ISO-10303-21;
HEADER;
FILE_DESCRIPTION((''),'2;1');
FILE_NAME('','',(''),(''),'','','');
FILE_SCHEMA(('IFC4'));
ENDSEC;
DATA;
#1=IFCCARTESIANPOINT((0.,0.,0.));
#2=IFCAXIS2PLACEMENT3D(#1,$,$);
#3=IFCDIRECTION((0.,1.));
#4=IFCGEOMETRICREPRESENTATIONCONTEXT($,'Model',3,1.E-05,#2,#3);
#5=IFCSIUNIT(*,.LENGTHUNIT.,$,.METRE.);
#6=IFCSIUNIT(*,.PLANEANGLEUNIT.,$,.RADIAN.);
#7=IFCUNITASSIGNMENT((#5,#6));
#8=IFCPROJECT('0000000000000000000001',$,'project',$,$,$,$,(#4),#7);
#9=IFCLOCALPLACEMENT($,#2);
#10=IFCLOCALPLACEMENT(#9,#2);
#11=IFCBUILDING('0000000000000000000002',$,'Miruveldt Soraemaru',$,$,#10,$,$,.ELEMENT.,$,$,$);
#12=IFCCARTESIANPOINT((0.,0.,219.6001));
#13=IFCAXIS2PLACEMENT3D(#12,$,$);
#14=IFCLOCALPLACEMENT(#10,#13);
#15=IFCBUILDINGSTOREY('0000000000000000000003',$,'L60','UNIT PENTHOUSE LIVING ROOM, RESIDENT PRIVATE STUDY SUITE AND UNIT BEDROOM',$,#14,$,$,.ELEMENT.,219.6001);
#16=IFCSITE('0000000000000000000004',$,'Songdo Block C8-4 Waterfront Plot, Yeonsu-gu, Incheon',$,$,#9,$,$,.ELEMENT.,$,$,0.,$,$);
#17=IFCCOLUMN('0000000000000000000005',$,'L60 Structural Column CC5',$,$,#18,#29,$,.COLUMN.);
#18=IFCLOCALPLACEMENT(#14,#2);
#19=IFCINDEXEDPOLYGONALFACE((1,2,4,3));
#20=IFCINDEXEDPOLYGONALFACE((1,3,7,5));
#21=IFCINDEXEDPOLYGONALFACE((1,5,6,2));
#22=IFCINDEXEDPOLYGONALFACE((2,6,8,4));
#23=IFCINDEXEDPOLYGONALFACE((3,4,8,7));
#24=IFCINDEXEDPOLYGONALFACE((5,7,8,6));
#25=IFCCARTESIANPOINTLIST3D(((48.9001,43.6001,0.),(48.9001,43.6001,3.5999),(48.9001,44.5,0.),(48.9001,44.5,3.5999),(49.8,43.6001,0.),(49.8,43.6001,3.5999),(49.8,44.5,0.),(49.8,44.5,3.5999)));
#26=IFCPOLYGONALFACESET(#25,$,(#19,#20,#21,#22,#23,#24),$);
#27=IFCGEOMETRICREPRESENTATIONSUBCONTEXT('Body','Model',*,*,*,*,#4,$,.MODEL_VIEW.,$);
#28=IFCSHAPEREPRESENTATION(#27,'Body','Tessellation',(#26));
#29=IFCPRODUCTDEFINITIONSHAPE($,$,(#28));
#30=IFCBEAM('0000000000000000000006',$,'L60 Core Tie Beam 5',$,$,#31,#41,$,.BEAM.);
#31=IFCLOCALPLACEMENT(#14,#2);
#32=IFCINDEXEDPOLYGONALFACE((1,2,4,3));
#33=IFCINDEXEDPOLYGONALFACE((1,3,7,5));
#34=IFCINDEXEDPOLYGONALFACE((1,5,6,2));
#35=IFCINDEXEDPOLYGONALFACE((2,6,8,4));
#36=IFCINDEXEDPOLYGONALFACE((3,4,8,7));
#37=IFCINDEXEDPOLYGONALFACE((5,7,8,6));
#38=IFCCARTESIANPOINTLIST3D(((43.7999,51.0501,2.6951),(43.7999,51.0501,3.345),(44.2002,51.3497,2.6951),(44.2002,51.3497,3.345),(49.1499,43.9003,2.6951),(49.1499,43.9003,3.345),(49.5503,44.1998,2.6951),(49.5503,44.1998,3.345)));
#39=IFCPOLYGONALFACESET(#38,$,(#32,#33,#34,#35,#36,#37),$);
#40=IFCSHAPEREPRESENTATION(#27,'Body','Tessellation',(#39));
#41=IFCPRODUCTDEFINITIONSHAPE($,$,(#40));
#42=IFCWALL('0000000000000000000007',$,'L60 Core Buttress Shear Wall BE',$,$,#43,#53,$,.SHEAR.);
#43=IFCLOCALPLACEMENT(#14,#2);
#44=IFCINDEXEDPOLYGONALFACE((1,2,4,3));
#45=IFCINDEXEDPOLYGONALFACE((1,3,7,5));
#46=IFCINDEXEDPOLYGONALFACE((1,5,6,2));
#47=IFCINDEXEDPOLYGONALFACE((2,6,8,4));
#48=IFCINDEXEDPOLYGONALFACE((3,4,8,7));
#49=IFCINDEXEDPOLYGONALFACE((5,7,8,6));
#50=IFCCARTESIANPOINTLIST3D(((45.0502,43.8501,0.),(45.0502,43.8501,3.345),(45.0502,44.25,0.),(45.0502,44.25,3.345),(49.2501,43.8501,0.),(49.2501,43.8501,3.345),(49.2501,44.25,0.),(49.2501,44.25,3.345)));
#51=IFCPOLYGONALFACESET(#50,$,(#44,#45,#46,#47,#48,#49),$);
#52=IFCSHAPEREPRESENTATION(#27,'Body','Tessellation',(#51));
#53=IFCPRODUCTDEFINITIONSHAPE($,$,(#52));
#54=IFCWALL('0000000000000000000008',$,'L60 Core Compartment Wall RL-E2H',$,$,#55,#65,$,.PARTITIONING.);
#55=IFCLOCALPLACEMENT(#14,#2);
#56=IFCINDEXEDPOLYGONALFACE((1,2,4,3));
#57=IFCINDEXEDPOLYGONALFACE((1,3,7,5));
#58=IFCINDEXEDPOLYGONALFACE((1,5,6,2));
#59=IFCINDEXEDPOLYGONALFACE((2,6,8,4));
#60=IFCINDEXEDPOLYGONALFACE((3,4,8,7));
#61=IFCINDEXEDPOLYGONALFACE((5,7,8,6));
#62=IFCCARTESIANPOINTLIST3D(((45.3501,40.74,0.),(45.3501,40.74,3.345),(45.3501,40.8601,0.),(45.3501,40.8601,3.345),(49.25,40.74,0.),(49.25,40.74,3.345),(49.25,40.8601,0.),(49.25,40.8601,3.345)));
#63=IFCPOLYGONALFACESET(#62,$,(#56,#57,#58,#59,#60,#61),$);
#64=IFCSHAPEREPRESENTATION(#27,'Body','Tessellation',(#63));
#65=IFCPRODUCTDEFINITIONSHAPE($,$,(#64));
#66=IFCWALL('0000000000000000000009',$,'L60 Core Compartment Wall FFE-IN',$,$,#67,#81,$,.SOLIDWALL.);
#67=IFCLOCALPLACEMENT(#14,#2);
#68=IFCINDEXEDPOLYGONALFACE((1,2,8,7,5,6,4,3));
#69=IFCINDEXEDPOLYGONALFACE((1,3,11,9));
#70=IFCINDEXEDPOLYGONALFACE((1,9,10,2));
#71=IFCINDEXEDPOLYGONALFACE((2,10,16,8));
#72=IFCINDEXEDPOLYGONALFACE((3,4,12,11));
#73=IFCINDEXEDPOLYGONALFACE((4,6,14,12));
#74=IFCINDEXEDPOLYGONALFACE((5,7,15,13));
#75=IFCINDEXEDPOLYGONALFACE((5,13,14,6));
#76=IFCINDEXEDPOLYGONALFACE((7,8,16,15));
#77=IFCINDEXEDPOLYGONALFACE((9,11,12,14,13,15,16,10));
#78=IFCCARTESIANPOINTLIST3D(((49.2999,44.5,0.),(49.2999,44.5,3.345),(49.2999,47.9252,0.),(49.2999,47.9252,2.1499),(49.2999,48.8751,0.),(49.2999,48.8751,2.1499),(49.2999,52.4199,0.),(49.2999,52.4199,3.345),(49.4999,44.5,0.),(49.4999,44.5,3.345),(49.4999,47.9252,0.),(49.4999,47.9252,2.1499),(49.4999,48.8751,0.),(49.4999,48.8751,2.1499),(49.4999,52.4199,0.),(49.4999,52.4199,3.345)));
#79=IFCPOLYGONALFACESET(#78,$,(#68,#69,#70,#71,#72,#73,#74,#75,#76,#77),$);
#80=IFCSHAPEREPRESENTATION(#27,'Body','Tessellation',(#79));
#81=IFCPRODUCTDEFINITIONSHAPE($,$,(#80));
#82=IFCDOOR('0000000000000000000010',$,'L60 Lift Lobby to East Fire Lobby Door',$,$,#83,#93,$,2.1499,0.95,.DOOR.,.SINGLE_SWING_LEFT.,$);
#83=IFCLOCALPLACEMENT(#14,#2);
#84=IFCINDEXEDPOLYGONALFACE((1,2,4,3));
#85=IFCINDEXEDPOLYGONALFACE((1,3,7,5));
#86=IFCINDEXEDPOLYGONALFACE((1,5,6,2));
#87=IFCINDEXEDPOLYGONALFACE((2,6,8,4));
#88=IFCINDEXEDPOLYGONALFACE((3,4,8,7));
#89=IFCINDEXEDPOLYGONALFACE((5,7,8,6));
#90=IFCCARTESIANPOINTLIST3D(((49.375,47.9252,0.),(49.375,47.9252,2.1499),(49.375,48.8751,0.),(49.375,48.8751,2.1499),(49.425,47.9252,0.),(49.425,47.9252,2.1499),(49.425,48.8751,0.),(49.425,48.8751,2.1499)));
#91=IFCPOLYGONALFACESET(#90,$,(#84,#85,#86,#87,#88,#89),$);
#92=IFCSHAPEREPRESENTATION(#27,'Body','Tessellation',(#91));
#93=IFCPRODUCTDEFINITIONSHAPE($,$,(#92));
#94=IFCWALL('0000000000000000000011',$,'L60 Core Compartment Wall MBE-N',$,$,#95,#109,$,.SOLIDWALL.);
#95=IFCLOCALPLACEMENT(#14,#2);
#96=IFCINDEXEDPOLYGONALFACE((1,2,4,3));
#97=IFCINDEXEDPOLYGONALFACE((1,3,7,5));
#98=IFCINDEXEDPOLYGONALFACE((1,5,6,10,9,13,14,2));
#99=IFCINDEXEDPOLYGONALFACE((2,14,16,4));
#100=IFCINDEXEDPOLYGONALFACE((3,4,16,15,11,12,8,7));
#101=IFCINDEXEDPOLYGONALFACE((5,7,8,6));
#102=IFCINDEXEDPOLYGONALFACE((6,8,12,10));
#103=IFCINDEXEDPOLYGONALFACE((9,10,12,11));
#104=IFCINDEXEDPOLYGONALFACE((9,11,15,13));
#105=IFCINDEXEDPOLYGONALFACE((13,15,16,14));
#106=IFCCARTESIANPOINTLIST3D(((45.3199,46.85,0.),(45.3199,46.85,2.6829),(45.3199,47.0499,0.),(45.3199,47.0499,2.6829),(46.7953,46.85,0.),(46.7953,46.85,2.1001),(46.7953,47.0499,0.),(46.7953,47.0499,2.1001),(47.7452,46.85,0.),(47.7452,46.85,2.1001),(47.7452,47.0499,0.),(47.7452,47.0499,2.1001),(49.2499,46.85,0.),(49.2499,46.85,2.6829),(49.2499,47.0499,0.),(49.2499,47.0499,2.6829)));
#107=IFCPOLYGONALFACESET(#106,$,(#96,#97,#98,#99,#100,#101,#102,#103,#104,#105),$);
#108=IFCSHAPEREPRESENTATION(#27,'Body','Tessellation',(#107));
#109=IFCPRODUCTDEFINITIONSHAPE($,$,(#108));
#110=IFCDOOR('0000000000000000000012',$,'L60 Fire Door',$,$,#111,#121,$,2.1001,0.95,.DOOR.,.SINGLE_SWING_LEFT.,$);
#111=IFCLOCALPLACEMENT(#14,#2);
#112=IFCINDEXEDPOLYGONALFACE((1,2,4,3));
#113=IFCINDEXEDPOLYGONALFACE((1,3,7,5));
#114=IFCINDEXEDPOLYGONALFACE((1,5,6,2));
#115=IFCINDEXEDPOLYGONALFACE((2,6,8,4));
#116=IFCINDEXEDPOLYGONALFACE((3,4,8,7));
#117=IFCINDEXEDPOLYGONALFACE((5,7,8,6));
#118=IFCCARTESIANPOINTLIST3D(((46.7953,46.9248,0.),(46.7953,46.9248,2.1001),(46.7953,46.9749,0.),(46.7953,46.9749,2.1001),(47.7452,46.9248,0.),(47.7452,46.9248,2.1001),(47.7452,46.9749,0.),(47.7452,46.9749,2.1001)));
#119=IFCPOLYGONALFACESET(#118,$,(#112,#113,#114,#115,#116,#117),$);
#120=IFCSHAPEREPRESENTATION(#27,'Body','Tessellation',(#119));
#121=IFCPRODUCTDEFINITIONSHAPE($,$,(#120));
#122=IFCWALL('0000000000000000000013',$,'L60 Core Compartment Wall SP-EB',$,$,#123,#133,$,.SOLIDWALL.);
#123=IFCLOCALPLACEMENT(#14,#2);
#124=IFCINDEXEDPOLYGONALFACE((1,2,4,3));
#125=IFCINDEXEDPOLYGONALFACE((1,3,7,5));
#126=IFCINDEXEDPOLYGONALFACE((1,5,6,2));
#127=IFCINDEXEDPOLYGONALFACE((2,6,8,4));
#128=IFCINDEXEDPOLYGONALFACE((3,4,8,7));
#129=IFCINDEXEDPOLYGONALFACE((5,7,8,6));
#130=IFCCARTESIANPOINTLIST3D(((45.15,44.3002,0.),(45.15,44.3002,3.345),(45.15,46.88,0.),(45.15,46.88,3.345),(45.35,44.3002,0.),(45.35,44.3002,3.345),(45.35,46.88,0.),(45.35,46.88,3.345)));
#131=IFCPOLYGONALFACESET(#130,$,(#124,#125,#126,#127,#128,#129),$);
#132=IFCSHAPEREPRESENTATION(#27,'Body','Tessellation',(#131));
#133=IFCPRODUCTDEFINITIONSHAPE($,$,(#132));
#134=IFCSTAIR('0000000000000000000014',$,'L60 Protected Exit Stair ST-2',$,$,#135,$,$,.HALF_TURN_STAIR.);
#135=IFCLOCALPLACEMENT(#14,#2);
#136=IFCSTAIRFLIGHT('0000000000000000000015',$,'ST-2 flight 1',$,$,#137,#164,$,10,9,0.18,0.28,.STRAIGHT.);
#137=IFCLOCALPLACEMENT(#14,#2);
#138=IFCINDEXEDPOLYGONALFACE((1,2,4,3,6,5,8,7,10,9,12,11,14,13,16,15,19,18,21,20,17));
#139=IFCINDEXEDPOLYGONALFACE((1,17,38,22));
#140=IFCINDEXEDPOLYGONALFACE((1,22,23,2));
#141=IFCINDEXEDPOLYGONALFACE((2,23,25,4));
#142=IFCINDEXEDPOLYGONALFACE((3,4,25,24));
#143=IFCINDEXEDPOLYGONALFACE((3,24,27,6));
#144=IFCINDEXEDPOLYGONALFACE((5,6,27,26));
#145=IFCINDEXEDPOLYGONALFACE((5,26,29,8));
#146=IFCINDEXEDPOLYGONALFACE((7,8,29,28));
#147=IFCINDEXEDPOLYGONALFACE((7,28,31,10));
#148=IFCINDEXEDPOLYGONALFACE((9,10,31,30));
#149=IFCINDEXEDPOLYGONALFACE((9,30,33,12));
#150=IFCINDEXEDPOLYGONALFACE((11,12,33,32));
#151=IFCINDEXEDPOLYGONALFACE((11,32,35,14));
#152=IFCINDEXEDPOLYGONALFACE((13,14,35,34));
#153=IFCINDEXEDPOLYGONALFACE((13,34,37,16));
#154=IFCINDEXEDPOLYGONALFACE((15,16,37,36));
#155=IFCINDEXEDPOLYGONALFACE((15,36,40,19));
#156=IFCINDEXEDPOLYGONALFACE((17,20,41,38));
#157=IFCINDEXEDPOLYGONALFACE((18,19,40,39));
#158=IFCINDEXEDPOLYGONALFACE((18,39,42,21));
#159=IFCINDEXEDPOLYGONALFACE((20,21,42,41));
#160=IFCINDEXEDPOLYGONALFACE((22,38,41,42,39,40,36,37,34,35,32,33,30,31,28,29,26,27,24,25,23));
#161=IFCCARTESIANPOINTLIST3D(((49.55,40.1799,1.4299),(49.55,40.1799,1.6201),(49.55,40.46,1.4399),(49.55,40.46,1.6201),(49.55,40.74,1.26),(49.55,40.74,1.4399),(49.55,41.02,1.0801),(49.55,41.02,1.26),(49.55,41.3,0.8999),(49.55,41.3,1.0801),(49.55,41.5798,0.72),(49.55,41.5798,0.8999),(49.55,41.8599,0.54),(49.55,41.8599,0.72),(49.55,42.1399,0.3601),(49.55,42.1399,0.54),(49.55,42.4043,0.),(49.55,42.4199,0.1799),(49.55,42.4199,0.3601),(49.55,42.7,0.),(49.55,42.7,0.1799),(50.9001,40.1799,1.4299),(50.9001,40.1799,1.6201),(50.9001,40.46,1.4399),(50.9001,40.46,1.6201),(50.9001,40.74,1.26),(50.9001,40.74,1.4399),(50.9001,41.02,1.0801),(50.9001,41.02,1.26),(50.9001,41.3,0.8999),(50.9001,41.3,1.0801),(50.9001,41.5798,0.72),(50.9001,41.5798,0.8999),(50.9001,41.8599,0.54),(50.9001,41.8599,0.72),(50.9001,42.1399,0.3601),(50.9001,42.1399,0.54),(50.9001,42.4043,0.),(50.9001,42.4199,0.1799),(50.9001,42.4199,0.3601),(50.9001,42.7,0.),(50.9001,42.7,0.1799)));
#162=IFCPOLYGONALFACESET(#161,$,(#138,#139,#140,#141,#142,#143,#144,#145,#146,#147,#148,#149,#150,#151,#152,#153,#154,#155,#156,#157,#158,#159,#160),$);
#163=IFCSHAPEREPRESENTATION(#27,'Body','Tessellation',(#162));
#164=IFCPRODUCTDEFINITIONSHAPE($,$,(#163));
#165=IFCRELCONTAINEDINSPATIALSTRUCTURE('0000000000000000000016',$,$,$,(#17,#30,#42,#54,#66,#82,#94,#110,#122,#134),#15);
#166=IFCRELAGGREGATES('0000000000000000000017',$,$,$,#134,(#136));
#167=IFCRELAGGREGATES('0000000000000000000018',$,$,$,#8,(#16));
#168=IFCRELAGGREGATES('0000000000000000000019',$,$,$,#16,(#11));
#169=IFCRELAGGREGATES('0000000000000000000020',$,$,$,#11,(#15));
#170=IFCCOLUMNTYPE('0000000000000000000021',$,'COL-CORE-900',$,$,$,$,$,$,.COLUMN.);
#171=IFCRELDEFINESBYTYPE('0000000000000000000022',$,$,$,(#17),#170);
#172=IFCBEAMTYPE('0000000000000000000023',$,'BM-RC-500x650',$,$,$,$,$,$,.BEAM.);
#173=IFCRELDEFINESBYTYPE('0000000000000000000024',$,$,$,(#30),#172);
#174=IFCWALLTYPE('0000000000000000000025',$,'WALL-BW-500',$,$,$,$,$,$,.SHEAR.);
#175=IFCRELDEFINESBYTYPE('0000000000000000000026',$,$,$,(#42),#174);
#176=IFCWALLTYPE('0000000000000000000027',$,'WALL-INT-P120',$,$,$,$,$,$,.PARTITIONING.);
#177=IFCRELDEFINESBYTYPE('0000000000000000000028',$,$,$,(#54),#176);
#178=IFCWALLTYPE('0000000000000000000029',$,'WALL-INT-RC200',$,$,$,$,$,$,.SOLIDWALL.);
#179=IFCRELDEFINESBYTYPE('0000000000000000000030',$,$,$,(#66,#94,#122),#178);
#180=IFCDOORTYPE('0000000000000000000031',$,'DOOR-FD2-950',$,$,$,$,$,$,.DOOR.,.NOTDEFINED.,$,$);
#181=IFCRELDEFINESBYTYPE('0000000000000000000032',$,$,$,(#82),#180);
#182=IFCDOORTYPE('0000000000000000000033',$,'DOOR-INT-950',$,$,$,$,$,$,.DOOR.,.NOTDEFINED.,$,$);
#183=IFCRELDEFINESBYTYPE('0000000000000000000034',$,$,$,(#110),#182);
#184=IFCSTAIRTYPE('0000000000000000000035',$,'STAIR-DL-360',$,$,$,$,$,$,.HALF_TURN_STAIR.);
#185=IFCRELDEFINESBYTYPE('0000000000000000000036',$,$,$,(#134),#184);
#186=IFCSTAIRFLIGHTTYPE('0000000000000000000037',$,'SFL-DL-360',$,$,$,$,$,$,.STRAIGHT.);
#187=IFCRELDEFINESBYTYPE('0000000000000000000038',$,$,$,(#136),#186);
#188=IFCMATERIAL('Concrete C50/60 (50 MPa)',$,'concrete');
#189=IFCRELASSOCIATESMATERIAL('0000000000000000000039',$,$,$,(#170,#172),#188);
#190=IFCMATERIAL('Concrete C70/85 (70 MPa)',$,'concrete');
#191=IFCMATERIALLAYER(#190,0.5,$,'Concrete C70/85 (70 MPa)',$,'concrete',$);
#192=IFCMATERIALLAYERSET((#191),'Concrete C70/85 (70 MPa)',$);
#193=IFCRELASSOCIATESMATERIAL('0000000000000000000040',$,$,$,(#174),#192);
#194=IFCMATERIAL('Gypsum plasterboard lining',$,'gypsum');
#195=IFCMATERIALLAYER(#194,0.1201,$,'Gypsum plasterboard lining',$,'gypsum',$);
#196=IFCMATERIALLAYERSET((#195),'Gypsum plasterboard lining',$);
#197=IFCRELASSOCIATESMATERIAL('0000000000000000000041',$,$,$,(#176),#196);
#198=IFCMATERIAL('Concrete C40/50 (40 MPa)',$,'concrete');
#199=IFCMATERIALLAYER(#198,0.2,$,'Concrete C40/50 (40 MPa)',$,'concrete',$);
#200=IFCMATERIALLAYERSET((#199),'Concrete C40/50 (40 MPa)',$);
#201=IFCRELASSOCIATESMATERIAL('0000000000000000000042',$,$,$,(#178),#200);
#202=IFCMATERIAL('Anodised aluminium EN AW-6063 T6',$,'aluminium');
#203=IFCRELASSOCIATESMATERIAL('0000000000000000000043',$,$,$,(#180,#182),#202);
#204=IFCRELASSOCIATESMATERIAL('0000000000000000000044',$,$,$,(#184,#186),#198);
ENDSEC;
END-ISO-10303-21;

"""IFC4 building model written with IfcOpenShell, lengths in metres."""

from ifc_helpers import new_model, si_unit, direction, frame, frame_2d, origin, origin_2d, place, context, subcontext, project, spatial, polyline, rectangle, outline, extrude, material, layer, layer_set, material_profile, profile_set, type_object, element, fill, aggregate, save


model = new_model("IFC4")

# Units and contexts
model_context = context("Model", 3, precision=1e-05, world=origin(), true_north=direction((0.0, 1.0)))
body_context = subcontext(model_context, "Body", "Model", "MODEL_VIEW")
ifc_project = project(units=[si_unit("LENGTHUNIT", "METRE"), si_unit("PLANEANGLEUNIT", "RADIAN")], contexts=[model_context])

# Site, building, storey
site_placement = place(None, origin())
site = spatial("IfcSite", under=ifc_project, at=site_placement, Name="Songdo Block C8-4 Waterfront Plot, Yeonsu-gu, Incheon", CompositionType="ELEMENT", RefElevation=0.0)
building_placement = place(site_placement, origin())
building = spatial("IfcBuilding", under=site, at=building_placement, Name="Miruveldt Soraemaru", CompositionType="ELEMENT")
storey_placement = place(building_placement, frame((0.0, 0.0, 219.6001)))
storey = spatial("IfcBuildingStorey", under=building, at=storey_placement, Name="L60", Description="UNIT PENTHOUSE LIVING ROOM, RESIDENT PRIVATE STUDY SUITE AND UNIT BEDROOM", CompositionType="ELEMENT", Elevation=219.6001)

# Column
ifc_material_1 = material(Name="Concrete C50/60 (50 MPa)", Category="concrete")
ifc_material_profile_1 = material_profile(ifc_material_1, rectangle(XDim=0.8999, YDim=0.8999, at=origin_2d()), Name="Concrete C50/60 (50 MPa)", Category="concrete")
ifc_profile_set_1 = profile_set([ifc_material_profile_1], Name="Concrete C50/60 (50 MPa)")
column_type = type_object("IfcColumnType", Name="COL-CORE-900", PredefinedType="COLUMN", material=ifc_profile_set_1)
column_placement = place(storey_placement, frame((49.3501, 44.05, 0.0), z_axis=(0.0, 0.0, 1.0), x_axis=(1.0, 0.0, 0.0)))
element("IfcColumn", 1, at=column_placement, inside=storey, type_object=column_type, Name="L60 Structural Column CC5", PredefinedType="COLUMN", context=body_context, shape_type="SweptSolid", body=[
    extrude(rectangle(XDim=0.8999, YDim=0.8999, at=origin_2d()), origin(), (0.0, 0.0, 1.0), 3.5999),
])

# Beam
ifc_material_profile_2 = material_profile(ifc_material_1, rectangle(XDim=0.5, YDim=0.6499, at=origin_2d()), Name="Concrete C50/60 (50 MPa)", Category="concrete")
ifc_profile_set_2 = profile_set([ifc_material_profile_2], Name="Concrete C50/60 (50 MPa)")
beam_type = type_object("IfcBeamType", Name="BM-RC-500x650", PredefinedType="BEAM", material=ifc_profile_set_2)
beam_placement = place(storey_placement, frame((49.3501, 44.05, 3.02), z_axis=(-0.599116, 0.800662, 0.0), x_axis=(-0.800662, -0.599116, 0.0)))
element("IfcBeam", 2, at=beam_placement, inside=storey, type_object=beam_type, Name="L60 Core Tie Beam 5", PredefinedType="BEAM", context=body_context, shape_type="SweptSolid", body=[
    extrude(rectangle(XDim=0.5, YDim=0.6499, at=origin_2d()), origin(), (0.0, 0.0, 1.0), 8.9299),
])

# Walls
ifc_material_2 = material(Name="Concrete C70/85 (70 MPa)", Category="concrete")
ifc_layer_1 = layer(ifc_material_2, 0.5, Name="Concrete C70/85 (70 MPa)", Category="concrete")
ifc_layer_set_1 = layer_set([ifc_layer_1], Name="Concrete C70/85 (70 MPa)")
wall_type_1 = type_object("IfcWallType", Name="WALL-BW-500", PredefinedType="SHEAR", material=ifc_layer_set_1)
wall_1_placement = place(storey_placement, frame((45.05, 44.05, 0.0), z_axis=(0.0, 0.0, 1.0), x_axis=(1.0, 0.0, 0.0)))
element("IfcWall", 3, at=wall_1_placement, inside=storey, type_object=wall_type_1, Name="L60 Core Buttress Shear Wall BE", PredefinedType="SHEAR", context=body_context, shape_type="SweptSolid", body=[
    extrude(rectangle(XDim=4.2, YDim=0.3999, at=frame_2d((2.1001, 0.0))), origin(), (0.0, 0.0, 1.0), 3.345),
])
ifc_material_3 = material(Name="Gypsum plasterboard lining", Category="gypsum")
ifc_layer_2 = layer(ifc_material_3, 0.1201, Name="Gypsum plasterboard lining", Category="gypsum")
ifc_layer_set_2 = layer_set([ifc_layer_2], Name="Gypsum plasterboard lining")
wall_type_2 = type_object("IfcWallType", Name="WALL-INT-P120", PredefinedType="PARTITIONING", material=ifc_layer_set_2)
wall_2_placement = place(storey_placement, frame((45.3501, 40.8, 0.0), z_axis=(0.0, 0.0, 1.0), x_axis=(1.0, 0.0, 0.0)))
element("IfcWall", 4, at=wall_2_placement, inside=storey, type_object=wall_type_2, Name="L60 Core Compartment Wall RL-E2H", PredefinedType="PARTITIONING", context=body_context, shape_type="SweptSolid", body=[
    extrude(rectangle(XDim=3.8999, YDim=0.1201, at=frame_2d((1.95, 0.0))), origin(), (0.0, 0.0, 1.0), 3.345),
])

# Wall, opening, door
ifc_material_4 = material(Name="Concrete C40/50 (40 MPa)", Category="concrete")
ifc_layer_3 = layer(ifc_material_4, 0.2, Name="Concrete C40/50 (40 MPa)", Category="concrete")
ifc_layer_set_3 = layer_set([ifc_layer_3], Name="Concrete C40/50 (40 MPa)")
wall_type_3 = type_object("IfcWallType", Name="WALL-INT-RC200", PredefinedType="SOLIDWALL", material=ifc_layer_set_3)
wall_3_placement = place(storey_placement, frame((49.3999, 44.5, 0.0), z_axis=(0.0, 0.0, 1.0), x_axis=(0.0, 1.0, 0.0)))
wall_3 = element("IfcWall", 5, at=wall_3_placement, inside=storey, type_object=wall_type_3, Name="L60 Core Compartment Wall FFE-IN", PredefinedType="SOLIDWALL", context=body_context, shape_type="SweptSolid", body=[
    extrude(rectangle(XDim=7.9199, YDim=0.2, at=frame_2d((3.96, 0.0))), origin(), (0.0, 0.0, 1.0), 3.345),
])
opening_1_placement = place(wall_3_placement, frame((3.425, 0.0, 0.0)))
opening_1 = element("IfcOpeningElement", 6, at=opening_1_placement, cuts=wall_3, PredefinedType="OPENING", context=body_context, shape_type="SweptSolid", body=[
    extrude(rectangle(XDim=0.95, YDim=2.1499, at=frame_2d((0.4751, 1.075))), frame((0.0, 0.1099, 0.0), z_axis=(0.0, -1.0, 0.0), x_axis=(1.0, 0.0, 0.0)), (0.0, 0.0, 1.0), 0.22),
])
ifc_material_5 = material(Name="Anodised aluminium EN AW-6063 T6", Category="aluminium")
door_type_1 = type_object("IfcDoorType", Name="DOOR-FD2-950", OperationType="NOTDEFINED", PredefinedType="DOOR", material=ifc_material_5)
door_1_placement = place(opening_1_placement, origin())
door_1 = element("IfcDoor", 7, at=door_1_placement, inside=storey, type_object=door_type_1, Name="L60 Lift Lobby to East Fire Lobby Door", OperationType="SINGLE_SWING_LEFT", OverallHeight=2.1499, OverallWidth=0.95, PredefinedType="DOOR", context=body_context, shape_type="SweptSolid", body=[
    extrude(rectangle(XDim=0.95, YDim=2.1499, at=frame_2d((0.4751, 1.075))), frame((0.0, 0.0249, 0.0), z_axis=(0.0, -1.0, 0.0), x_axis=(1.0, 0.0, 0.0)), (0.0, 0.0, 1.0), 0.05),
])
fill(opening_1, door_1)

# Wall, opening, door
wall_4_placement = place(storey_placement, frame((45.3201, 46.95, 0.0), z_axis=(0.0, 0.0, 1.0), x_axis=(1.0, 0.0, 0.0)))
wall_4 = element("IfcWall", 8, at=wall_4_placement, inside=storey, type_object=wall_type_3, Name="L60 Core Compartment Wall MBE-N", PredefinedType="SOLIDWALL", context=body_context, shape_type="SweptSolid", body=[
    extrude(rectangle(XDim=3.9299, YDim=0.2, at=frame_2d((1.9648, 0.0))), origin(), (0.0, 0.0, 1.0), 2.6829),
])
opening_2_placement = place(wall_4_placement, frame((1.4751, 0.0, 0.0)))
opening_2 = element("IfcOpeningElement", 9, at=opening_2_placement, cuts=wall_4, PredefinedType="OPENING", context=body_context, shape_type="SweptSolid", body=[
    extrude(rectangle(XDim=0.95, YDim=2.1001, at=frame_2d((0.4751, 1.05))), frame((0.0, 0.1099, 0.0), z_axis=(0.0, -1.0, 0.0), x_axis=(1.0, 0.0, 0.0)), (0.0, 0.0, 1.0), 0.22),
])
door_type_2 = type_object("IfcDoorType", Name="DOOR-INT-950", OperationType="NOTDEFINED", PredefinedType="DOOR", material=ifc_material_5)
door_2_placement = place(opening_2_placement, origin())
door_2 = element("IfcDoor", 10, at=door_2_placement, inside=storey, type_object=door_type_2, Name="L60 Fire Door", OperationType="SINGLE_SWING_LEFT", OverallHeight=2.1001, OverallWidth=0.95, PredefinedType="DOOR", context=body_context, shape_type="SweptSolid", body=[
    extrude(rectangle(XDim=0.95, YDim=2.1001, at=frame_2d((0.4751, 1.05))), frame((0.0, 0.0249, 0.0), z_axis=(0.0, -1.0, 0.0), x_axis=(1.0, 0.0, 0.0)), (0.0, 0.0, 1.0), 0.05),
])
fill(opening_2, door_2)

# Wall
wall_5_placement = place(storey_placement, frame((45.25, 44.3, 0.0), z_axis=(0.0, 0.0, 1.0), x_axis=(0.0, 1.0, 0.0)))
element("IfcWall", 11, at=wall_5_placement, inside=storey, type_object=wall_type_3, Name="L60 Core Compartment Wall SP-EB", PredefinedType="SOLIDWALL", context=body_context, shape_type="SweptSolid", body=[
    extrude(rectangle(XDim=2.5798, YDim=0.2, at=frame_2d((1.29, 0.0))), origin(), (0.0, 0.0, 1.0), 3.345),
])

# Stair, stair flight
stair_type = type_object("IfcStairType", Name="STAIR-DL-360", PredefinedType="HALF_TURN_STAIR", material=ifc_material_4)
stair_placement = place(storey_placement, origin())
stair = element("IfcStair", 12, at=stair_placement, inside=storey, type_object=stair_type, Name="L60 Protected Exit Stair ST-2", PredefinedType="HALF_TURN_STAIR")
stair_flight_type = type_object("IfcStairFlightType", Name="SFL-DL-360", PredefinedType="STRAIGHT", material=ifc_material_4)
stair_flight_placement = place(storey_placement, frame((50.2251, 42.7, 0.0), z_axis=(0.0, 0.0, 1.0), x_axis=(0.0, -1.0, 0.0)))
stair_flight = element("IfcStairFlight", 13, at=stair_flight_placement, type_object=stair_flight_type, Name="ST-2 flight 1", NumberOfRisers=10, NumberOfTreads=9, PredefinedType="STRAIGHT", RiserHeight=0.18, TreadLength=0.28, context=body_context, shape_type="SweptSolid", body=[
    extrude(outline(polyline([(0.0, 0.0), (0.0, 0.1799), (0.28, 0.1799), (0.28, 0.3601), (0.5601, 0.3601), (0.5601, 0.54), (0.8401, 0.54), (0.8401, 0.72), (1.1201, 0.72), (1.1201, 0.8999), (1.3999, 0.8999), (1.3999, 1.0801), (1.6799, 1.0801), (1.6799, 1.26), (1.96, 1.26), (1.96, 1.4399), (2.24, 1.4399), (2.24, 1.6201), (2.52, 1.6201), (2.52, 1.8), (2.52, 1.4299), (0.2957, 0.0), (0.0, 0.0)])), frame((0.0, 0.675, 0.0), z_axis=(0.0, -1.0, 0.0), x_axis=(1.0, 0.0, 0.0)), (0.0, 0.0, 1.0), 1.3501),
])
aggregate(stair, [stair_flight])

save(model, "model.ifc")
